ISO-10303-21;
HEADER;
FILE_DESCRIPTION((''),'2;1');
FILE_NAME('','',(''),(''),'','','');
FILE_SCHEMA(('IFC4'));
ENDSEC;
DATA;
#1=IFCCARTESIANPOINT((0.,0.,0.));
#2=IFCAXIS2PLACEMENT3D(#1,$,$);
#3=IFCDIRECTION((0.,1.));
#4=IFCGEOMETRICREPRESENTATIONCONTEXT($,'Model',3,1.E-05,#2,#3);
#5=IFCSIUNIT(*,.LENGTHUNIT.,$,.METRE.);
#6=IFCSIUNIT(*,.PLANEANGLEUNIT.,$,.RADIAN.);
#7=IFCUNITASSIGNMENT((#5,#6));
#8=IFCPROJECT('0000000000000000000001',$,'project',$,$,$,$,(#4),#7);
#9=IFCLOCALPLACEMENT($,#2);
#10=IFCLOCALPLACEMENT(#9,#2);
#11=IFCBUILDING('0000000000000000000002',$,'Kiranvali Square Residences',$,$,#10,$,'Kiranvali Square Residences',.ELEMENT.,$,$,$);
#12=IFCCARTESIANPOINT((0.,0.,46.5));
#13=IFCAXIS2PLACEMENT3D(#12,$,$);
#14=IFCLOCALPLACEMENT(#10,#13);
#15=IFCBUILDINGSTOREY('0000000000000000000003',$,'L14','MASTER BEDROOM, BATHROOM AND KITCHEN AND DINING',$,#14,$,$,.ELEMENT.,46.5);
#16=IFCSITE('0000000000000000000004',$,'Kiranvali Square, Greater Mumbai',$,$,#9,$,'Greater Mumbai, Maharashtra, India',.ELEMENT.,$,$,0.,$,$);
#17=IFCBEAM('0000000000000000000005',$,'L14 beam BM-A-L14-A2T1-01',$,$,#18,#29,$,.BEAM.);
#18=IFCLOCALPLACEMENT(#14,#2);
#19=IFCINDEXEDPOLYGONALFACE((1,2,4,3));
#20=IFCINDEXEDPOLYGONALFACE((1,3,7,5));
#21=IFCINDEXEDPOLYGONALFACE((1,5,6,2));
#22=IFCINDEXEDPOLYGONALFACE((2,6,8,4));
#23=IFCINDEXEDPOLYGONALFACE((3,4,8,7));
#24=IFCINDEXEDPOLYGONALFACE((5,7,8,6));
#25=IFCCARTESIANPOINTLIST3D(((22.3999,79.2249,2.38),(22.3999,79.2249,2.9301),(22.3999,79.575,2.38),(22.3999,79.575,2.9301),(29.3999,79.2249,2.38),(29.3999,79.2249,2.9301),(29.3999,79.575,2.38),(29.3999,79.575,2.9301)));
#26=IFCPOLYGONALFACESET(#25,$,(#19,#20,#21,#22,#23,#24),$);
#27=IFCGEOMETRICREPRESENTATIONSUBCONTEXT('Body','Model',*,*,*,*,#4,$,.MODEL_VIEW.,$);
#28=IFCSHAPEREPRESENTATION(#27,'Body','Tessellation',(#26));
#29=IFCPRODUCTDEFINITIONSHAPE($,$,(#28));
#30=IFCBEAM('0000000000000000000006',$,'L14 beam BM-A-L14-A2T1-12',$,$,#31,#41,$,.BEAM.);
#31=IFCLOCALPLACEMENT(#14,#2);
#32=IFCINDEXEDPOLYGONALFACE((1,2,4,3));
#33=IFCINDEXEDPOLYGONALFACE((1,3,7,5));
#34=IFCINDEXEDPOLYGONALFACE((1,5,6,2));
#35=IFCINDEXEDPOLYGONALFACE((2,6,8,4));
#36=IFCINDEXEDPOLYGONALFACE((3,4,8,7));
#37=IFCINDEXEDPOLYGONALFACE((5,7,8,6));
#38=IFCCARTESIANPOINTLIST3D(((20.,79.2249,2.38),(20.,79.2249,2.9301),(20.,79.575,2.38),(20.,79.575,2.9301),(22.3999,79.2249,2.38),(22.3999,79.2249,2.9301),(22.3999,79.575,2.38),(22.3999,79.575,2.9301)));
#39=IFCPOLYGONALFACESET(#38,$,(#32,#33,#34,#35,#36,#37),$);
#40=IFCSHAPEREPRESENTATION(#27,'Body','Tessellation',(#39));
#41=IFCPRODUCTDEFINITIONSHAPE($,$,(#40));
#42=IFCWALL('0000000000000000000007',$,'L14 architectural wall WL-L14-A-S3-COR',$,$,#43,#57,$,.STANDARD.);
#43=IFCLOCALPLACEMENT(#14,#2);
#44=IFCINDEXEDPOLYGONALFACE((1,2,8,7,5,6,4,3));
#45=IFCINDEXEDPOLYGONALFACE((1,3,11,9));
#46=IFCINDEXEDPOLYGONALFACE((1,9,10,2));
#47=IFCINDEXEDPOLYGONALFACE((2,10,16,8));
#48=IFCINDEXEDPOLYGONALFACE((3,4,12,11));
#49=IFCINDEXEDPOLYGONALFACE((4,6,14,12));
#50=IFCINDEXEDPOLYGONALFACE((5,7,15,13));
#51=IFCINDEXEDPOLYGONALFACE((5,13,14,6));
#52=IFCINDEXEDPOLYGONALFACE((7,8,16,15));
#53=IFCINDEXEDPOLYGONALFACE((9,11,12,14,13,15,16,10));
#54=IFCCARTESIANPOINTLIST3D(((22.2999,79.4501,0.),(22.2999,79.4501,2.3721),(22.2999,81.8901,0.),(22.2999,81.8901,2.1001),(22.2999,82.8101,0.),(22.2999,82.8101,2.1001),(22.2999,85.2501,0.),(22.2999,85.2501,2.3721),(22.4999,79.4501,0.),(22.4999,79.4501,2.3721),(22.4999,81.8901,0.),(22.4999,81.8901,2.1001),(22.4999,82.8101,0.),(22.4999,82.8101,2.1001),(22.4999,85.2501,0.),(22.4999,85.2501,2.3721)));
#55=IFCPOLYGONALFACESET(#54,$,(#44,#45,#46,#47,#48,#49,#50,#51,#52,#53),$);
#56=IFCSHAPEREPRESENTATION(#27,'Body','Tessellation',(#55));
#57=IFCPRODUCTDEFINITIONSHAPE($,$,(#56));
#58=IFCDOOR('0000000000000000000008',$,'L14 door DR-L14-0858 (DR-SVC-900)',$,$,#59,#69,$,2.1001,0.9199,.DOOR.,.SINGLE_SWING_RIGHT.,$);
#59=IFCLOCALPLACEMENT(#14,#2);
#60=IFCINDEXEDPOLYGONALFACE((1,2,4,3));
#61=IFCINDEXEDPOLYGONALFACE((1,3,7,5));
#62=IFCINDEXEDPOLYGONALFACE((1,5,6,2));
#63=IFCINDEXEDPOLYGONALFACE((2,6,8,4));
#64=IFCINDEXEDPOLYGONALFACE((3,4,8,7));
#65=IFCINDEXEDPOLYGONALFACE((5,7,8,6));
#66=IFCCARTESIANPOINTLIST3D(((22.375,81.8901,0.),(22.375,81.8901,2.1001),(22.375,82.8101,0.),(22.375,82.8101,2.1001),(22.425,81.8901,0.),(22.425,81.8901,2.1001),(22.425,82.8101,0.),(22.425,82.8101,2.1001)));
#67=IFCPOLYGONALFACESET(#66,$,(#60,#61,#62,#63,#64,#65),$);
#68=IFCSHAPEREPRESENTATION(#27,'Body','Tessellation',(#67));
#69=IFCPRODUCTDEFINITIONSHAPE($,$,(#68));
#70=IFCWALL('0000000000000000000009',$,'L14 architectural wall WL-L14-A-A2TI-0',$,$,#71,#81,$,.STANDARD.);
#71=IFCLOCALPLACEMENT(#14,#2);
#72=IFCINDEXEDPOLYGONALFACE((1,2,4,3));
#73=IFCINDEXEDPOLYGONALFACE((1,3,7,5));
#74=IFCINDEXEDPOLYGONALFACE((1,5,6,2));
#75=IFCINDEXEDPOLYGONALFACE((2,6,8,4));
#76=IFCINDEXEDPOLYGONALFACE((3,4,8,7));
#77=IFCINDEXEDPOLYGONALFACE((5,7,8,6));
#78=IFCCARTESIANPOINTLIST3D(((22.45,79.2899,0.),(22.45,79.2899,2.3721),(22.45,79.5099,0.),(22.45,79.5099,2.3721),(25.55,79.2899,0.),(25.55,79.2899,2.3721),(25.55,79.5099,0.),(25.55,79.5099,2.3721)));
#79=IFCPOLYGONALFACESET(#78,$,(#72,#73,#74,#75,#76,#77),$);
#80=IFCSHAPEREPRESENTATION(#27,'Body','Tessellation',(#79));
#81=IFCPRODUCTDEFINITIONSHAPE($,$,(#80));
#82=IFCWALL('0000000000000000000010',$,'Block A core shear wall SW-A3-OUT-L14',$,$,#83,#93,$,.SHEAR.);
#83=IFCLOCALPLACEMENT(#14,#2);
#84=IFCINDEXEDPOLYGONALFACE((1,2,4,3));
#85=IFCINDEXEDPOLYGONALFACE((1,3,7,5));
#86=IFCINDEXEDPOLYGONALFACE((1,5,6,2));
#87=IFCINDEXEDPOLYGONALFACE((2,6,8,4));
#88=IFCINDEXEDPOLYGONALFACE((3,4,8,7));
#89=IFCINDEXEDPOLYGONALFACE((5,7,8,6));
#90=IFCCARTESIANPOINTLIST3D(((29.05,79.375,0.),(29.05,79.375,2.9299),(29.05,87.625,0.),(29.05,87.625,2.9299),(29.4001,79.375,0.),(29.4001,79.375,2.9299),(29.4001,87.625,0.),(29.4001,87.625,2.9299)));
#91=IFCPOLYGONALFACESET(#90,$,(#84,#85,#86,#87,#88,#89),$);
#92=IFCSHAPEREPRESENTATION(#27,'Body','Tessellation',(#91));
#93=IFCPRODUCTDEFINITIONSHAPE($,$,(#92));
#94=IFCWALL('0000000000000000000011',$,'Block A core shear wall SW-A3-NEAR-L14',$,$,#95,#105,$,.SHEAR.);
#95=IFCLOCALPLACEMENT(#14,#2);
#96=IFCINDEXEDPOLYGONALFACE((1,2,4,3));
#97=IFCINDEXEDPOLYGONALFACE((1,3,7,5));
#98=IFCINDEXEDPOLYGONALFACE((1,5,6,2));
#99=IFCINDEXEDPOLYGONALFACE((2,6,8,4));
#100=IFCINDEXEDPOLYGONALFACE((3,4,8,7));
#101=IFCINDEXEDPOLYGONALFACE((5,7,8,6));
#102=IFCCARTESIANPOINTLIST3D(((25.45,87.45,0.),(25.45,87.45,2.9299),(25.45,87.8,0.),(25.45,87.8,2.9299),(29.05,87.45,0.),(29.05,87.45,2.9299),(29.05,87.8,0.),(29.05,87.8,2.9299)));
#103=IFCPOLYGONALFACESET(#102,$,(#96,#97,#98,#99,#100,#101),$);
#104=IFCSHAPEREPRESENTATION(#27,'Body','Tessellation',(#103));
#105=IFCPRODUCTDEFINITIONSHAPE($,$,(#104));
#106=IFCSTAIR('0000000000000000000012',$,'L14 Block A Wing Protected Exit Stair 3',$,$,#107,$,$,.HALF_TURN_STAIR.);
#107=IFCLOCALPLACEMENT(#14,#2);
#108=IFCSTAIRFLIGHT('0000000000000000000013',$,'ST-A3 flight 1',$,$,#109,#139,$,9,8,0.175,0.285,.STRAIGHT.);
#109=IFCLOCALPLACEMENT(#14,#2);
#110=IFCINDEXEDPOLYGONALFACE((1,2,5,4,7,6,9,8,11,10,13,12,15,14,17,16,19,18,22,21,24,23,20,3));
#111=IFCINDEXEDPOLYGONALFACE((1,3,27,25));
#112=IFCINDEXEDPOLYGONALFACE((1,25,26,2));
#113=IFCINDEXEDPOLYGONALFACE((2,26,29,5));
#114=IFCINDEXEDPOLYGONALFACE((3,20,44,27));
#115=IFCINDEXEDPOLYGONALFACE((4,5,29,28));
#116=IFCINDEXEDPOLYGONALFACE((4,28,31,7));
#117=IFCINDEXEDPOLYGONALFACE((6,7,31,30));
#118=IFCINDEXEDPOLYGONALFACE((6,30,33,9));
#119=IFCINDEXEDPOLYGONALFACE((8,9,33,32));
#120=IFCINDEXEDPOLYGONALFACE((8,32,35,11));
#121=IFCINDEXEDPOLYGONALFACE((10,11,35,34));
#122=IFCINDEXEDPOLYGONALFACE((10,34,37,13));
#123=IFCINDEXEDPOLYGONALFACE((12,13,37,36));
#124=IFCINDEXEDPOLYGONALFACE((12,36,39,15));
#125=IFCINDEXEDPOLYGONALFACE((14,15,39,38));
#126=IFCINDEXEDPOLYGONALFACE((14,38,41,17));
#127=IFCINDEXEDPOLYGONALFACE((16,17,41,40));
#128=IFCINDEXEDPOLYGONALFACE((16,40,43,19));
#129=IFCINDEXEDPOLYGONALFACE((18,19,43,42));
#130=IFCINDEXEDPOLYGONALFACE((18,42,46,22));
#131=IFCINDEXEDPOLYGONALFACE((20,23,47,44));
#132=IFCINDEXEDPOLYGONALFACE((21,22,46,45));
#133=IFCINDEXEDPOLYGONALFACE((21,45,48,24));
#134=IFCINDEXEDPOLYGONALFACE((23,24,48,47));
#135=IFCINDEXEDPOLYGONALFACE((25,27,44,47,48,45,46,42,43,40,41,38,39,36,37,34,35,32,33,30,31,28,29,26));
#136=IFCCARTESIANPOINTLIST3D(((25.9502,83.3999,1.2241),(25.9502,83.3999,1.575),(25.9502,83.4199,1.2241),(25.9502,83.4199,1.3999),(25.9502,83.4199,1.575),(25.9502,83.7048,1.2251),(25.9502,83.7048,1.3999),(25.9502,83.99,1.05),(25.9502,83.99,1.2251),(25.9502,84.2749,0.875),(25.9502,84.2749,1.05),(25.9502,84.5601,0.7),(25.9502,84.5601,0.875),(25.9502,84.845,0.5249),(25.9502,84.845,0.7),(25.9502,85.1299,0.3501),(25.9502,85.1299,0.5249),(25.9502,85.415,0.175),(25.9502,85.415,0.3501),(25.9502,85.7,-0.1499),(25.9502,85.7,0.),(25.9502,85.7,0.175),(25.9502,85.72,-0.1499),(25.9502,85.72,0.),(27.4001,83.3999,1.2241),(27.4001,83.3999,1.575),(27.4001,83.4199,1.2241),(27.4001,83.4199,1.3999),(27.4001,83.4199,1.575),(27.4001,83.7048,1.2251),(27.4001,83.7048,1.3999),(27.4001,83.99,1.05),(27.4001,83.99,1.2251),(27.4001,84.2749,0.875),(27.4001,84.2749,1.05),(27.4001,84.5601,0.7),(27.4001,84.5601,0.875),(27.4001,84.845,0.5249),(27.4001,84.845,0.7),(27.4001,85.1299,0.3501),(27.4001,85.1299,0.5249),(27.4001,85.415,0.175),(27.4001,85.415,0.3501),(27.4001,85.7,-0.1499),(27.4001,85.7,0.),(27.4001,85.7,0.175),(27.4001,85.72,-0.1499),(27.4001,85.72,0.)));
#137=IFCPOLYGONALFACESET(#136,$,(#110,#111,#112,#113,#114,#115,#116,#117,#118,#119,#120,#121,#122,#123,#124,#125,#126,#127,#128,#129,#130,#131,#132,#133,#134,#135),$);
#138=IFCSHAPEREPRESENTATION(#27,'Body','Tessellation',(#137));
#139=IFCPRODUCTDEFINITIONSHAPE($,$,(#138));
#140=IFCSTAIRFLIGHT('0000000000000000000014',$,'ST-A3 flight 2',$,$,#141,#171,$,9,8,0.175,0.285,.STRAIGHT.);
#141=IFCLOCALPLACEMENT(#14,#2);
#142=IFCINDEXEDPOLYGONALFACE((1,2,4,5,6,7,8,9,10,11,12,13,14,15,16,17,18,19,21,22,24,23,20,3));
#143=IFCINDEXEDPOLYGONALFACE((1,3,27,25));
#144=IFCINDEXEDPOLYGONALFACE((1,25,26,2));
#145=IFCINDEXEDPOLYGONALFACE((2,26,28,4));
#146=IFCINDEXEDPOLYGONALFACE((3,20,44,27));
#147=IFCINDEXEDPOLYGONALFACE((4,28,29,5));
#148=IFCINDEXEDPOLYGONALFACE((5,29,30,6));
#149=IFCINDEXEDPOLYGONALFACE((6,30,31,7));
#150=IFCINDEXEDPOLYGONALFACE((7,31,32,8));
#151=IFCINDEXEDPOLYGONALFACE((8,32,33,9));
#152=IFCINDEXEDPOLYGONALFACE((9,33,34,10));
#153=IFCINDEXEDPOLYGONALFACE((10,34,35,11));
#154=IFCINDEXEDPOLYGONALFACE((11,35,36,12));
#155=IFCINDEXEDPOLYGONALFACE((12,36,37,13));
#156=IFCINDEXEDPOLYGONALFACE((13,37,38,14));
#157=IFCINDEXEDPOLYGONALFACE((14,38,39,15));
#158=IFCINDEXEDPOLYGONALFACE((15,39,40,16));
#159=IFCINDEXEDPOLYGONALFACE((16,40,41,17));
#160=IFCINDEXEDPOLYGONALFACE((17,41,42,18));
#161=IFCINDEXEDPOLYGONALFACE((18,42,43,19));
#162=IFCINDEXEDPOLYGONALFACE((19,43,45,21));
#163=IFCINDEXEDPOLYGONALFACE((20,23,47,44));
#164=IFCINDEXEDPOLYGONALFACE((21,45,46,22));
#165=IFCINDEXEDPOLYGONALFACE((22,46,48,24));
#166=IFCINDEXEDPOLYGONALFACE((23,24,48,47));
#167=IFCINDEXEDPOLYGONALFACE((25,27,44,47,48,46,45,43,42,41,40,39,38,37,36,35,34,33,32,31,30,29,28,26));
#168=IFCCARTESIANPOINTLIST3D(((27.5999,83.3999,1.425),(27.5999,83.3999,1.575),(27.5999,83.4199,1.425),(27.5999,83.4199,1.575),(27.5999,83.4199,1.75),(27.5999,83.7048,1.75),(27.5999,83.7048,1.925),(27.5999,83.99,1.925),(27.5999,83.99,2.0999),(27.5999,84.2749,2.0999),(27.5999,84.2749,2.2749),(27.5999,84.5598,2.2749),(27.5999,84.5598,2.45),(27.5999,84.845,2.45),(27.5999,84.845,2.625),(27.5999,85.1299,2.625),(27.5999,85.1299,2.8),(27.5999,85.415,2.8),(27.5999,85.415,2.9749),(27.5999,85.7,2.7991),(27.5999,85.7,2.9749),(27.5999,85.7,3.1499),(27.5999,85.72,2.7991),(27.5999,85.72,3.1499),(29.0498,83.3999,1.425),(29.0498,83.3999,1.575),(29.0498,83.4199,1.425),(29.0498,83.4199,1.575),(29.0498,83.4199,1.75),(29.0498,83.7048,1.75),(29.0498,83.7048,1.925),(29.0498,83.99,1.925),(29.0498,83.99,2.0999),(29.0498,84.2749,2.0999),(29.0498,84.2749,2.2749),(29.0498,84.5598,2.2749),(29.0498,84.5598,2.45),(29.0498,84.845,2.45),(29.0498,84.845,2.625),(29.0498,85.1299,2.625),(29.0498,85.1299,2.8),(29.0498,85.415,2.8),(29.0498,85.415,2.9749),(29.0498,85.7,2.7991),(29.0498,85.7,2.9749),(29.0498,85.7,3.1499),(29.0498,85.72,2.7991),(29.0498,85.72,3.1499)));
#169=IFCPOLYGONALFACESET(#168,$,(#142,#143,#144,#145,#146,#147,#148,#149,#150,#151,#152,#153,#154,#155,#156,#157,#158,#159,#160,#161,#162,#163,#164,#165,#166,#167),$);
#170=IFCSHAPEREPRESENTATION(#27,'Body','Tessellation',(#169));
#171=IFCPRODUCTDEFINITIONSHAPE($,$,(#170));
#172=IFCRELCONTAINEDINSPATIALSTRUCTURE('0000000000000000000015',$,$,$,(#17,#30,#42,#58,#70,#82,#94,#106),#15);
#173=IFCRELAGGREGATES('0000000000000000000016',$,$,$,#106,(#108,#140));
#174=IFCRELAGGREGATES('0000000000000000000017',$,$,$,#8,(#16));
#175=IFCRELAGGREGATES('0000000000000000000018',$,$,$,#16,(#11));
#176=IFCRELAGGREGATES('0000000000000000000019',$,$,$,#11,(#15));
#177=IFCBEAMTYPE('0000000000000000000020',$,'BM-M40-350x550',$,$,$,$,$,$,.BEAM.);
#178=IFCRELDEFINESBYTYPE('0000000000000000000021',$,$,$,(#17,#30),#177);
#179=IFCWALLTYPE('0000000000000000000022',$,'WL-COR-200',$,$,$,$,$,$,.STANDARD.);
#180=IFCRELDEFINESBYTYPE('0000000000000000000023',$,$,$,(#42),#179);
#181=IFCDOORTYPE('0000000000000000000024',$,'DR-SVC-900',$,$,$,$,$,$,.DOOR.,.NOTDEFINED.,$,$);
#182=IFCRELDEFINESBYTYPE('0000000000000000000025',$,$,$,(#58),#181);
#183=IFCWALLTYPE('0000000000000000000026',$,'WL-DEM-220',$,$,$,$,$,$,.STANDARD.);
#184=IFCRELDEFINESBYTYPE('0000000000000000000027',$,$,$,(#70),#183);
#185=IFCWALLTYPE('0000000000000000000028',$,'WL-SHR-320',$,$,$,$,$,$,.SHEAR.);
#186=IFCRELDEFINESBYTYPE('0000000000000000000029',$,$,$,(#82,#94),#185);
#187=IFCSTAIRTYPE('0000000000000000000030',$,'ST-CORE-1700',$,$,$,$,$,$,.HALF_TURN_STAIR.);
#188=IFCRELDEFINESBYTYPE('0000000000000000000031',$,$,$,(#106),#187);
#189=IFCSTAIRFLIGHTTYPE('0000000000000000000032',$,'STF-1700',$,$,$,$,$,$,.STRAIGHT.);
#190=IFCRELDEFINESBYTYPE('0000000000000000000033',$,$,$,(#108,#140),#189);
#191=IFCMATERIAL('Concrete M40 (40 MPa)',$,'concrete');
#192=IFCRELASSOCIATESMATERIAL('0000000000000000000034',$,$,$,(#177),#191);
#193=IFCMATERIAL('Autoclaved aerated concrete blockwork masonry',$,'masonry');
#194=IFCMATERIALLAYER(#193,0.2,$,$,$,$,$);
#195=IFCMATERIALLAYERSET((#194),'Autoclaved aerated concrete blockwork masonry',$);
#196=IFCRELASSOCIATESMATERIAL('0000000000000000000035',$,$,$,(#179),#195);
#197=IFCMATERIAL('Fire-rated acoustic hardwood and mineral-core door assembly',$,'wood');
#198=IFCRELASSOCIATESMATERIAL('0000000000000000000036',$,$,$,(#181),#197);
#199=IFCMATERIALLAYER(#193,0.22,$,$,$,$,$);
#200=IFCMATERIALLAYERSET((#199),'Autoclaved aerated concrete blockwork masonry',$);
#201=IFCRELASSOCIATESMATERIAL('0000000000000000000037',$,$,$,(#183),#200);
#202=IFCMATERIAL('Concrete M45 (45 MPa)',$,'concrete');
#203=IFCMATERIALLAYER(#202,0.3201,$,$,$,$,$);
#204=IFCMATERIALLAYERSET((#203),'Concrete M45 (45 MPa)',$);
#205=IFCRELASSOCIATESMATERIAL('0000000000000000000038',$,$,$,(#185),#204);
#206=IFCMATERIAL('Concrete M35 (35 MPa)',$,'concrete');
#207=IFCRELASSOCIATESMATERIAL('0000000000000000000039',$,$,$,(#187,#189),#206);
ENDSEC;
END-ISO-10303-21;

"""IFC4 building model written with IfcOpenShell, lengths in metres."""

from ifc_helpers import new_model, si_unit, direction, frame, frame_2d, origin, origin_2d, place, context, subcontext, project, spatial, polyline, rectangle, outline, extrude, material, layer, layer_set, material_profile, profile_set, type_object, element, fill, aggregate, save


model = new_model("IFC4")

# Units and contexts
model_context = context("Model", 3, precision=1e-05, world=origin(), true_north=direction((0.0, 1.0)))
body_context = subcontext(model_context, "Body", "Model", "MODEL_VIEW")
ifc_project = project(units=[si_unit("LENGTHUNIT", "METRE"), si_unit("PLANEANGLEUNIT", "RADIAN")], contexts=[model_context])

# Site, building, storey
site_placement = place(None, origin())
site = spatial("IfcSite", under=ifc_project, at=site_placement, Name="Kiranvali Square, Greater Mumbai", LongName="Greater Mumbai, Maharashtra, India", CompositionType="ELEMENT", RefElevation=0.0)
building_placement = place(site_placement, origin())
building = spatial("IfcBuilding", under=site, at=building_placement, Name="Kiranvali Square Residences", LongName="Kiranvali Square Residences", CompositionType="ELEMENT")
storey_placement = place(building_placement, frame((0.0, 0.0, 46.5)))
storey = spatial("IfcBuildingStorey", under=building, at=storey_placement, Name="L14", Description="MASTER BEDROOM, BATHROOM AND KITCHEN AND DINING", CompositionType="ELEMENT", Elevation=46.5)

# Beams
ifc_material_1 = material(Name="Concrete M40 (40 MPa)", Category="concrete")
ifc_material_profile = material_profile(ifc_material_1, rectangle(XDim=0.3501, YDim=0.55, at=origin_2d()), Name="RC 350x550")
ifc_profile_set = profile_set([ifc_material_profile], Name="Concrete M40 (40 MPa)")
beam_type = type_object("IfcBeamType", Name="BM-M40-350x550", PredefinedType="BEAM", material=ifc_profile_set)
beam_1_placement = place(storey_placement, frame((29.3999, 79.3999, 2.655), z_axis=(-1.0, 0.0, 0.0), x_axis=(0.0, -1.0, 0.0)))
element("IfcBeam", 1, at=beam_1_placement, inside=storey, type_object=beam_type, Name="L14 beam BM-A-L14-A2T1-01", PredefinedType="BEAM", context=body_context, shape_type="SweptSolid", body=[
    extrude(rectangle(XDim=0.3501, YDim=0.55, at=origin_2d()), origin(), (0.0, 0.0, 1.0), 7.0),
])
beam_2_placement = place(storey_placement, frame((22.3999, 79.3999, 2.655), z_axis=(-1.0, 0.0, 0.0), x_axis=(0.0, -1.0, 0.0)))
element("IfcBeam", 2, at=beam_2_placement, inside=storey, type_object=beam_type, Name="L14 beam BM-A-L14-A2T1-12", PredefinedType="BEAM", context=body_context, shape_type="SweptSolid", body=[
    extrude(rectangle(XDim=0.3501, YDim=0.55, at=origin_2d()), origin(), (0.0, 0.0, 1.0), 2.3999),
])

# Wall, opening, door
ifc_material_2 = material(Name="Autoclaved aerated concrete blockwork masonry", Category="masonry")
ifc_layer_1 = layer(ifc_material_2, 0.2)
ifc_layer_set_1 = layer_set([ifc_layer_1], Name="Autoclaved aerated concrete blockwork masonry")
wall_type_1 = type_object("IfcWallType", Name="WL-COR-200", PredefinedType="STANDARD", material=ifc_layer_set_1)
ifc_material_3 = material(Name="Fire-rated acoustic hardwood and mineral-core door assembly", Category="wood")
wall_1_placement = place(storey_placement, frame((22.3999, 85.25, 0.0), z_axis=(0.0, 0.0, 1.0), x_axis=(0.0, -1.0, 0.0)))
wall_1 = element("IfcWall", 3, at=wall_1_placement, inside=storey, type_object=wall_type_1, Name="L14 architectural wall WL-L14-A-S3-COR", PredefinedType="STANDARD", context=body_context, shape_type="SweptSolid", body=[
    extrude(rectangle(XDim=5.8, YDim=0.2, at=frame_2d((2.8999, 0.0))), origin(), (0.0, 0.0, 1.0), 2.3721),
])
opening_1_placement = place(wall_1_placement, frame((2.4399, 0.0, 0.0)))
opening_1 = element("IfcOpeningElement", 4, at=opening_1_placement, cuts=wall_1, PredefinedType="OPENING", context=body_context, shape_type="SweptSolid", body=[
    extrude(rectangle(XDim=0.9199, YDim=2.1001, at=frame_2d((0.46, 1.05))), frame((0.0, 0.1099, 0.0), z_axis=(0.0, -1.0, 0.0), x_axis=(1.0, 0.0, 0.0)), (0.0, 0.0, 1.0), 0.22),
])
door_type_1 = type_object("IfcDoorType", Name="DR-SVC-900", OperationType="NOTDEFINED", PredefinedType="DOOR", material=ifc_material_3)
door_1_placement = place(opening_1_placement, frame((0.9199, 0.0, 0.0), z_axis=(0.0, 0.0, 1.0), x_axis=(-1.0, 0.0, 0.0)))
door_1 = element("IfcDoor", 5, at=door_1_placement, inside=storey, type_object=door_type_1, Name="L14 door DR-L14-0858 (DR-SVC-900)", OperationType="SINGLE_SWING_RIGHT", OverallHeight=2.1001, OverallWidth=0.9199, PredefinedType="DOOR", context=body_context, shape_type="SweptSolid", body=[
    extrude(rectangle(XDim=0.9199, YDim=2.1001, at=frame_2d((0.46, 1.05))), frame((0.0, 0.0249, 0.0), z_axis=(0.0, -1.0, 0.0), x_axis=(1.0, 0.0, 0.0)), (0.0, 0.0, 1.0), 0.05),
])
fill(opening_1, door_1)

# Walls
ifc_layer_2 = layer(ifc_material_2, 0.22)
ifc_layer_set_2 = layer_set([ifc_layer_2], Name="Autoclaved aerated concrete blockwork masonry")
wall_type_2 = type_object("IfcWallType", Name="WL-DEM-220", PredefinedType="STANDARD", material=ifc_layer_set_2)
wall_2_placement = place(storey_placement, frame((25.55, 79.3999, 0.0), z_axis=(0.0, 0.0, 1.0), x_axis=(-1.0, 0.0, 0.0)))
element("IfcWall", 6, at=wall_2_placement, inside=storey, type_object=wall_type_2, Name="L14 architectural wall WL-L14-A-A2TI-0", PredefinedType="STANDARD", context=body_context, shape_type="SweptSolid", body=[
    extrude(rectangle(XDim=3.1001, YDim=0.22, at=frame_2d((1.55, 0.0))), origin(), (0.0, 0.0, 1.0), 2.3721),
])
ifc_material_4 = material(Name="Concrete M45 (45 MPa)", Category="concrete")
ifc_layer_3 = layer(ifc_material_4, 0.3201)
ifc_layer_set_3 = layer_set([ifc_layer_3], Name="Concrete M45 (45 MPa)")
wall_type_3 = type_object("IfcWallType", Name="WL-SHR-320", PredefinedType="SHEAR", material=ifc_layer_set_3)
wall_3_placement = place(storey_placement, frame((29.2251, 87.625, 0.0), z_axis=(0.0, 0.0, 1.0), x_axis=(0.0, -1.0, 0.0)))
element("IfcWall", 7, at=wall_3_placement, inside=storey, type_object=wall_type_3, Name="Block A core shear wall SW-A3-OUT-L14", PredefinedType="SHEAR", context=body_context, shape_type="SweptSolid", body=[
    extrude(rectangle(XDim=8.25, YDim=0.3501, at=frame_2d((4.125, 0.0))), origin(), (0.0, 0.0, 1.0), 2.9299),
])

# Wall
wall_4_placement = place(storey_placement, frame((29.05, 87.625, 0.0), z_axis=(0.0, 0.0, 1.0), x_axis=(-1.0, 0.0, 0.0)))
element("IfcWall", 8, at=wall_4_placement, inside=storey, type_object=wall_type_3, Name="Block A core shear wall SW-A3-NEAR-L14", PredefinedType="SHEAR", context=body_context, shape_type="SweptSolid", body=[
    extrude(rectangle(XDim=3.6001, YDim=0.3501, at=frame_2d((1.8, 0.0))), origin(), (0.0, 0.0, 1.0), 2.9299),
])

# Stair, stair flights
ifc_material_5 = material(Name="Concrete M35 (35 MPa)", Category="concrete")
stair_type = type_object("IfcStairType", Name="ST-CORE-1700", PredefinedType="HALF_TURN_STAIR", material=ifc_material_5)
stair_placement = place(storey_placement, origin())
stair = element("IfcStair", 9, at=stair_placement, inside=storey, type_object=stair_type, Name="L14 Block A Wing Protected Exit Stair 3", PredefinedType="HALF_TURN_STAIR")
stair_flight_type = type_object("IfcStairFlightType", Name="STF-1700", PredefinedType="STRAIGHT", material=ifc_material_5)
stair_flight_1_placement = place(storey_placement, frame((26.675, 85.7, 0.0), z_axis=(0.0, 0.0, 1.0), x_axis=(0.0, -1.0, 0.0)))
stair_flight_1 = element("IfcStairFlight", 10, at=stair_flight_1_placement, type_object=stair_flight_type, Name="ST-A3 flight 1", NumberOfRisers=9, NumberOfTreads=8, PredefinedType="STRAIGHT", RiserHeight=0.175, TreadLength=0.285, context=body_context, shape_type="SweptSolid", body=[
    extrude(outline(polyline([(-0.02, -0.1499), (-0.02, 0.0), (0.0, 0.0), (0.0, 0.175), (0.2849, 0.175), (0.2849, 0.3501), (0.5701, 0.3501), (0.5701, 0.5249), (0.855, 0.5249), (0.855, 0.7), (1.1399, 0.7), (1.1399, 0.875), (1.425, 0.875), (1.425, 1.05), (1.71, 1.05), (1.71, 1.2251), (1.9951, 1.2251), (1.9951, 1.3999), (2.28, 1.3999), (2.28, 1.575), (2.3, 1.575), (2.3, 1.2241), (2.28, 1.2241), (0.0, -0.1499), (-0.02, -0.1499)])), frame((0.0, 0.7251, 0.0), z_axis=(0.0, -1.0, 0.0), x_axis=(1.0, 0.0, 0.0)), (0.0, 0.0, 1.0), 1.45),
])
stair_flight_2_placement = place(storey_placement, frame((28.325, 83.4199, 1.575), z_axis=(0.0, 0.0, 1.0), x_axis=(0.0, 1.0, 0.0)))
stair_flight_2 = element("IfcStairFlight", 11, at=stair_flight_2_placement, type_object=stair_flight_type, Name="ST-A3 flight 2", NumberOfRisers=9, NumberOfTreads=8, PredefinedType="STRAIGHT", RiserHeight=0.175, TreadLength=0.285, context=body_context, shape_type="SweptSolid", body=[
    extrude(outline(polyline([(-0.02, -0.1499), (-0.02, 0.0), (0.0, 0.0), (0.0, 0.175), (0.2849, 0.175), (0.2849, 0.3501), (0.5701, 0.3501), (0.5701, 0.5249), (0.855, 0.5249), (0.855, 0.7), (1.1399, 0.7), (1.1399, 0.875), (1.425, 0.875), (1.425, 1.05), (1.71, 1.05), (1.71, 1.2251), (1.9951, 1.2251), (1.9951, 1.3999), (2.28, 1.3999), (2.28, 1.575), (2.3, 1.575), (2.3, 1.2241), (2.28, 1.2241), (0.0, -0.1499), (-0.02, -0.1499)])), frame((0.0, 0.7251, 0.0), z_axis=(0.0, -1.0, 0.0), x_axis=(1.0, 0.0, 0.0)), (0.0, 0.0, 1.0), 1.45),
])
aggregate(stair, [stair_flight_1, stair_flight_2])

save(model, "model.ifc")
